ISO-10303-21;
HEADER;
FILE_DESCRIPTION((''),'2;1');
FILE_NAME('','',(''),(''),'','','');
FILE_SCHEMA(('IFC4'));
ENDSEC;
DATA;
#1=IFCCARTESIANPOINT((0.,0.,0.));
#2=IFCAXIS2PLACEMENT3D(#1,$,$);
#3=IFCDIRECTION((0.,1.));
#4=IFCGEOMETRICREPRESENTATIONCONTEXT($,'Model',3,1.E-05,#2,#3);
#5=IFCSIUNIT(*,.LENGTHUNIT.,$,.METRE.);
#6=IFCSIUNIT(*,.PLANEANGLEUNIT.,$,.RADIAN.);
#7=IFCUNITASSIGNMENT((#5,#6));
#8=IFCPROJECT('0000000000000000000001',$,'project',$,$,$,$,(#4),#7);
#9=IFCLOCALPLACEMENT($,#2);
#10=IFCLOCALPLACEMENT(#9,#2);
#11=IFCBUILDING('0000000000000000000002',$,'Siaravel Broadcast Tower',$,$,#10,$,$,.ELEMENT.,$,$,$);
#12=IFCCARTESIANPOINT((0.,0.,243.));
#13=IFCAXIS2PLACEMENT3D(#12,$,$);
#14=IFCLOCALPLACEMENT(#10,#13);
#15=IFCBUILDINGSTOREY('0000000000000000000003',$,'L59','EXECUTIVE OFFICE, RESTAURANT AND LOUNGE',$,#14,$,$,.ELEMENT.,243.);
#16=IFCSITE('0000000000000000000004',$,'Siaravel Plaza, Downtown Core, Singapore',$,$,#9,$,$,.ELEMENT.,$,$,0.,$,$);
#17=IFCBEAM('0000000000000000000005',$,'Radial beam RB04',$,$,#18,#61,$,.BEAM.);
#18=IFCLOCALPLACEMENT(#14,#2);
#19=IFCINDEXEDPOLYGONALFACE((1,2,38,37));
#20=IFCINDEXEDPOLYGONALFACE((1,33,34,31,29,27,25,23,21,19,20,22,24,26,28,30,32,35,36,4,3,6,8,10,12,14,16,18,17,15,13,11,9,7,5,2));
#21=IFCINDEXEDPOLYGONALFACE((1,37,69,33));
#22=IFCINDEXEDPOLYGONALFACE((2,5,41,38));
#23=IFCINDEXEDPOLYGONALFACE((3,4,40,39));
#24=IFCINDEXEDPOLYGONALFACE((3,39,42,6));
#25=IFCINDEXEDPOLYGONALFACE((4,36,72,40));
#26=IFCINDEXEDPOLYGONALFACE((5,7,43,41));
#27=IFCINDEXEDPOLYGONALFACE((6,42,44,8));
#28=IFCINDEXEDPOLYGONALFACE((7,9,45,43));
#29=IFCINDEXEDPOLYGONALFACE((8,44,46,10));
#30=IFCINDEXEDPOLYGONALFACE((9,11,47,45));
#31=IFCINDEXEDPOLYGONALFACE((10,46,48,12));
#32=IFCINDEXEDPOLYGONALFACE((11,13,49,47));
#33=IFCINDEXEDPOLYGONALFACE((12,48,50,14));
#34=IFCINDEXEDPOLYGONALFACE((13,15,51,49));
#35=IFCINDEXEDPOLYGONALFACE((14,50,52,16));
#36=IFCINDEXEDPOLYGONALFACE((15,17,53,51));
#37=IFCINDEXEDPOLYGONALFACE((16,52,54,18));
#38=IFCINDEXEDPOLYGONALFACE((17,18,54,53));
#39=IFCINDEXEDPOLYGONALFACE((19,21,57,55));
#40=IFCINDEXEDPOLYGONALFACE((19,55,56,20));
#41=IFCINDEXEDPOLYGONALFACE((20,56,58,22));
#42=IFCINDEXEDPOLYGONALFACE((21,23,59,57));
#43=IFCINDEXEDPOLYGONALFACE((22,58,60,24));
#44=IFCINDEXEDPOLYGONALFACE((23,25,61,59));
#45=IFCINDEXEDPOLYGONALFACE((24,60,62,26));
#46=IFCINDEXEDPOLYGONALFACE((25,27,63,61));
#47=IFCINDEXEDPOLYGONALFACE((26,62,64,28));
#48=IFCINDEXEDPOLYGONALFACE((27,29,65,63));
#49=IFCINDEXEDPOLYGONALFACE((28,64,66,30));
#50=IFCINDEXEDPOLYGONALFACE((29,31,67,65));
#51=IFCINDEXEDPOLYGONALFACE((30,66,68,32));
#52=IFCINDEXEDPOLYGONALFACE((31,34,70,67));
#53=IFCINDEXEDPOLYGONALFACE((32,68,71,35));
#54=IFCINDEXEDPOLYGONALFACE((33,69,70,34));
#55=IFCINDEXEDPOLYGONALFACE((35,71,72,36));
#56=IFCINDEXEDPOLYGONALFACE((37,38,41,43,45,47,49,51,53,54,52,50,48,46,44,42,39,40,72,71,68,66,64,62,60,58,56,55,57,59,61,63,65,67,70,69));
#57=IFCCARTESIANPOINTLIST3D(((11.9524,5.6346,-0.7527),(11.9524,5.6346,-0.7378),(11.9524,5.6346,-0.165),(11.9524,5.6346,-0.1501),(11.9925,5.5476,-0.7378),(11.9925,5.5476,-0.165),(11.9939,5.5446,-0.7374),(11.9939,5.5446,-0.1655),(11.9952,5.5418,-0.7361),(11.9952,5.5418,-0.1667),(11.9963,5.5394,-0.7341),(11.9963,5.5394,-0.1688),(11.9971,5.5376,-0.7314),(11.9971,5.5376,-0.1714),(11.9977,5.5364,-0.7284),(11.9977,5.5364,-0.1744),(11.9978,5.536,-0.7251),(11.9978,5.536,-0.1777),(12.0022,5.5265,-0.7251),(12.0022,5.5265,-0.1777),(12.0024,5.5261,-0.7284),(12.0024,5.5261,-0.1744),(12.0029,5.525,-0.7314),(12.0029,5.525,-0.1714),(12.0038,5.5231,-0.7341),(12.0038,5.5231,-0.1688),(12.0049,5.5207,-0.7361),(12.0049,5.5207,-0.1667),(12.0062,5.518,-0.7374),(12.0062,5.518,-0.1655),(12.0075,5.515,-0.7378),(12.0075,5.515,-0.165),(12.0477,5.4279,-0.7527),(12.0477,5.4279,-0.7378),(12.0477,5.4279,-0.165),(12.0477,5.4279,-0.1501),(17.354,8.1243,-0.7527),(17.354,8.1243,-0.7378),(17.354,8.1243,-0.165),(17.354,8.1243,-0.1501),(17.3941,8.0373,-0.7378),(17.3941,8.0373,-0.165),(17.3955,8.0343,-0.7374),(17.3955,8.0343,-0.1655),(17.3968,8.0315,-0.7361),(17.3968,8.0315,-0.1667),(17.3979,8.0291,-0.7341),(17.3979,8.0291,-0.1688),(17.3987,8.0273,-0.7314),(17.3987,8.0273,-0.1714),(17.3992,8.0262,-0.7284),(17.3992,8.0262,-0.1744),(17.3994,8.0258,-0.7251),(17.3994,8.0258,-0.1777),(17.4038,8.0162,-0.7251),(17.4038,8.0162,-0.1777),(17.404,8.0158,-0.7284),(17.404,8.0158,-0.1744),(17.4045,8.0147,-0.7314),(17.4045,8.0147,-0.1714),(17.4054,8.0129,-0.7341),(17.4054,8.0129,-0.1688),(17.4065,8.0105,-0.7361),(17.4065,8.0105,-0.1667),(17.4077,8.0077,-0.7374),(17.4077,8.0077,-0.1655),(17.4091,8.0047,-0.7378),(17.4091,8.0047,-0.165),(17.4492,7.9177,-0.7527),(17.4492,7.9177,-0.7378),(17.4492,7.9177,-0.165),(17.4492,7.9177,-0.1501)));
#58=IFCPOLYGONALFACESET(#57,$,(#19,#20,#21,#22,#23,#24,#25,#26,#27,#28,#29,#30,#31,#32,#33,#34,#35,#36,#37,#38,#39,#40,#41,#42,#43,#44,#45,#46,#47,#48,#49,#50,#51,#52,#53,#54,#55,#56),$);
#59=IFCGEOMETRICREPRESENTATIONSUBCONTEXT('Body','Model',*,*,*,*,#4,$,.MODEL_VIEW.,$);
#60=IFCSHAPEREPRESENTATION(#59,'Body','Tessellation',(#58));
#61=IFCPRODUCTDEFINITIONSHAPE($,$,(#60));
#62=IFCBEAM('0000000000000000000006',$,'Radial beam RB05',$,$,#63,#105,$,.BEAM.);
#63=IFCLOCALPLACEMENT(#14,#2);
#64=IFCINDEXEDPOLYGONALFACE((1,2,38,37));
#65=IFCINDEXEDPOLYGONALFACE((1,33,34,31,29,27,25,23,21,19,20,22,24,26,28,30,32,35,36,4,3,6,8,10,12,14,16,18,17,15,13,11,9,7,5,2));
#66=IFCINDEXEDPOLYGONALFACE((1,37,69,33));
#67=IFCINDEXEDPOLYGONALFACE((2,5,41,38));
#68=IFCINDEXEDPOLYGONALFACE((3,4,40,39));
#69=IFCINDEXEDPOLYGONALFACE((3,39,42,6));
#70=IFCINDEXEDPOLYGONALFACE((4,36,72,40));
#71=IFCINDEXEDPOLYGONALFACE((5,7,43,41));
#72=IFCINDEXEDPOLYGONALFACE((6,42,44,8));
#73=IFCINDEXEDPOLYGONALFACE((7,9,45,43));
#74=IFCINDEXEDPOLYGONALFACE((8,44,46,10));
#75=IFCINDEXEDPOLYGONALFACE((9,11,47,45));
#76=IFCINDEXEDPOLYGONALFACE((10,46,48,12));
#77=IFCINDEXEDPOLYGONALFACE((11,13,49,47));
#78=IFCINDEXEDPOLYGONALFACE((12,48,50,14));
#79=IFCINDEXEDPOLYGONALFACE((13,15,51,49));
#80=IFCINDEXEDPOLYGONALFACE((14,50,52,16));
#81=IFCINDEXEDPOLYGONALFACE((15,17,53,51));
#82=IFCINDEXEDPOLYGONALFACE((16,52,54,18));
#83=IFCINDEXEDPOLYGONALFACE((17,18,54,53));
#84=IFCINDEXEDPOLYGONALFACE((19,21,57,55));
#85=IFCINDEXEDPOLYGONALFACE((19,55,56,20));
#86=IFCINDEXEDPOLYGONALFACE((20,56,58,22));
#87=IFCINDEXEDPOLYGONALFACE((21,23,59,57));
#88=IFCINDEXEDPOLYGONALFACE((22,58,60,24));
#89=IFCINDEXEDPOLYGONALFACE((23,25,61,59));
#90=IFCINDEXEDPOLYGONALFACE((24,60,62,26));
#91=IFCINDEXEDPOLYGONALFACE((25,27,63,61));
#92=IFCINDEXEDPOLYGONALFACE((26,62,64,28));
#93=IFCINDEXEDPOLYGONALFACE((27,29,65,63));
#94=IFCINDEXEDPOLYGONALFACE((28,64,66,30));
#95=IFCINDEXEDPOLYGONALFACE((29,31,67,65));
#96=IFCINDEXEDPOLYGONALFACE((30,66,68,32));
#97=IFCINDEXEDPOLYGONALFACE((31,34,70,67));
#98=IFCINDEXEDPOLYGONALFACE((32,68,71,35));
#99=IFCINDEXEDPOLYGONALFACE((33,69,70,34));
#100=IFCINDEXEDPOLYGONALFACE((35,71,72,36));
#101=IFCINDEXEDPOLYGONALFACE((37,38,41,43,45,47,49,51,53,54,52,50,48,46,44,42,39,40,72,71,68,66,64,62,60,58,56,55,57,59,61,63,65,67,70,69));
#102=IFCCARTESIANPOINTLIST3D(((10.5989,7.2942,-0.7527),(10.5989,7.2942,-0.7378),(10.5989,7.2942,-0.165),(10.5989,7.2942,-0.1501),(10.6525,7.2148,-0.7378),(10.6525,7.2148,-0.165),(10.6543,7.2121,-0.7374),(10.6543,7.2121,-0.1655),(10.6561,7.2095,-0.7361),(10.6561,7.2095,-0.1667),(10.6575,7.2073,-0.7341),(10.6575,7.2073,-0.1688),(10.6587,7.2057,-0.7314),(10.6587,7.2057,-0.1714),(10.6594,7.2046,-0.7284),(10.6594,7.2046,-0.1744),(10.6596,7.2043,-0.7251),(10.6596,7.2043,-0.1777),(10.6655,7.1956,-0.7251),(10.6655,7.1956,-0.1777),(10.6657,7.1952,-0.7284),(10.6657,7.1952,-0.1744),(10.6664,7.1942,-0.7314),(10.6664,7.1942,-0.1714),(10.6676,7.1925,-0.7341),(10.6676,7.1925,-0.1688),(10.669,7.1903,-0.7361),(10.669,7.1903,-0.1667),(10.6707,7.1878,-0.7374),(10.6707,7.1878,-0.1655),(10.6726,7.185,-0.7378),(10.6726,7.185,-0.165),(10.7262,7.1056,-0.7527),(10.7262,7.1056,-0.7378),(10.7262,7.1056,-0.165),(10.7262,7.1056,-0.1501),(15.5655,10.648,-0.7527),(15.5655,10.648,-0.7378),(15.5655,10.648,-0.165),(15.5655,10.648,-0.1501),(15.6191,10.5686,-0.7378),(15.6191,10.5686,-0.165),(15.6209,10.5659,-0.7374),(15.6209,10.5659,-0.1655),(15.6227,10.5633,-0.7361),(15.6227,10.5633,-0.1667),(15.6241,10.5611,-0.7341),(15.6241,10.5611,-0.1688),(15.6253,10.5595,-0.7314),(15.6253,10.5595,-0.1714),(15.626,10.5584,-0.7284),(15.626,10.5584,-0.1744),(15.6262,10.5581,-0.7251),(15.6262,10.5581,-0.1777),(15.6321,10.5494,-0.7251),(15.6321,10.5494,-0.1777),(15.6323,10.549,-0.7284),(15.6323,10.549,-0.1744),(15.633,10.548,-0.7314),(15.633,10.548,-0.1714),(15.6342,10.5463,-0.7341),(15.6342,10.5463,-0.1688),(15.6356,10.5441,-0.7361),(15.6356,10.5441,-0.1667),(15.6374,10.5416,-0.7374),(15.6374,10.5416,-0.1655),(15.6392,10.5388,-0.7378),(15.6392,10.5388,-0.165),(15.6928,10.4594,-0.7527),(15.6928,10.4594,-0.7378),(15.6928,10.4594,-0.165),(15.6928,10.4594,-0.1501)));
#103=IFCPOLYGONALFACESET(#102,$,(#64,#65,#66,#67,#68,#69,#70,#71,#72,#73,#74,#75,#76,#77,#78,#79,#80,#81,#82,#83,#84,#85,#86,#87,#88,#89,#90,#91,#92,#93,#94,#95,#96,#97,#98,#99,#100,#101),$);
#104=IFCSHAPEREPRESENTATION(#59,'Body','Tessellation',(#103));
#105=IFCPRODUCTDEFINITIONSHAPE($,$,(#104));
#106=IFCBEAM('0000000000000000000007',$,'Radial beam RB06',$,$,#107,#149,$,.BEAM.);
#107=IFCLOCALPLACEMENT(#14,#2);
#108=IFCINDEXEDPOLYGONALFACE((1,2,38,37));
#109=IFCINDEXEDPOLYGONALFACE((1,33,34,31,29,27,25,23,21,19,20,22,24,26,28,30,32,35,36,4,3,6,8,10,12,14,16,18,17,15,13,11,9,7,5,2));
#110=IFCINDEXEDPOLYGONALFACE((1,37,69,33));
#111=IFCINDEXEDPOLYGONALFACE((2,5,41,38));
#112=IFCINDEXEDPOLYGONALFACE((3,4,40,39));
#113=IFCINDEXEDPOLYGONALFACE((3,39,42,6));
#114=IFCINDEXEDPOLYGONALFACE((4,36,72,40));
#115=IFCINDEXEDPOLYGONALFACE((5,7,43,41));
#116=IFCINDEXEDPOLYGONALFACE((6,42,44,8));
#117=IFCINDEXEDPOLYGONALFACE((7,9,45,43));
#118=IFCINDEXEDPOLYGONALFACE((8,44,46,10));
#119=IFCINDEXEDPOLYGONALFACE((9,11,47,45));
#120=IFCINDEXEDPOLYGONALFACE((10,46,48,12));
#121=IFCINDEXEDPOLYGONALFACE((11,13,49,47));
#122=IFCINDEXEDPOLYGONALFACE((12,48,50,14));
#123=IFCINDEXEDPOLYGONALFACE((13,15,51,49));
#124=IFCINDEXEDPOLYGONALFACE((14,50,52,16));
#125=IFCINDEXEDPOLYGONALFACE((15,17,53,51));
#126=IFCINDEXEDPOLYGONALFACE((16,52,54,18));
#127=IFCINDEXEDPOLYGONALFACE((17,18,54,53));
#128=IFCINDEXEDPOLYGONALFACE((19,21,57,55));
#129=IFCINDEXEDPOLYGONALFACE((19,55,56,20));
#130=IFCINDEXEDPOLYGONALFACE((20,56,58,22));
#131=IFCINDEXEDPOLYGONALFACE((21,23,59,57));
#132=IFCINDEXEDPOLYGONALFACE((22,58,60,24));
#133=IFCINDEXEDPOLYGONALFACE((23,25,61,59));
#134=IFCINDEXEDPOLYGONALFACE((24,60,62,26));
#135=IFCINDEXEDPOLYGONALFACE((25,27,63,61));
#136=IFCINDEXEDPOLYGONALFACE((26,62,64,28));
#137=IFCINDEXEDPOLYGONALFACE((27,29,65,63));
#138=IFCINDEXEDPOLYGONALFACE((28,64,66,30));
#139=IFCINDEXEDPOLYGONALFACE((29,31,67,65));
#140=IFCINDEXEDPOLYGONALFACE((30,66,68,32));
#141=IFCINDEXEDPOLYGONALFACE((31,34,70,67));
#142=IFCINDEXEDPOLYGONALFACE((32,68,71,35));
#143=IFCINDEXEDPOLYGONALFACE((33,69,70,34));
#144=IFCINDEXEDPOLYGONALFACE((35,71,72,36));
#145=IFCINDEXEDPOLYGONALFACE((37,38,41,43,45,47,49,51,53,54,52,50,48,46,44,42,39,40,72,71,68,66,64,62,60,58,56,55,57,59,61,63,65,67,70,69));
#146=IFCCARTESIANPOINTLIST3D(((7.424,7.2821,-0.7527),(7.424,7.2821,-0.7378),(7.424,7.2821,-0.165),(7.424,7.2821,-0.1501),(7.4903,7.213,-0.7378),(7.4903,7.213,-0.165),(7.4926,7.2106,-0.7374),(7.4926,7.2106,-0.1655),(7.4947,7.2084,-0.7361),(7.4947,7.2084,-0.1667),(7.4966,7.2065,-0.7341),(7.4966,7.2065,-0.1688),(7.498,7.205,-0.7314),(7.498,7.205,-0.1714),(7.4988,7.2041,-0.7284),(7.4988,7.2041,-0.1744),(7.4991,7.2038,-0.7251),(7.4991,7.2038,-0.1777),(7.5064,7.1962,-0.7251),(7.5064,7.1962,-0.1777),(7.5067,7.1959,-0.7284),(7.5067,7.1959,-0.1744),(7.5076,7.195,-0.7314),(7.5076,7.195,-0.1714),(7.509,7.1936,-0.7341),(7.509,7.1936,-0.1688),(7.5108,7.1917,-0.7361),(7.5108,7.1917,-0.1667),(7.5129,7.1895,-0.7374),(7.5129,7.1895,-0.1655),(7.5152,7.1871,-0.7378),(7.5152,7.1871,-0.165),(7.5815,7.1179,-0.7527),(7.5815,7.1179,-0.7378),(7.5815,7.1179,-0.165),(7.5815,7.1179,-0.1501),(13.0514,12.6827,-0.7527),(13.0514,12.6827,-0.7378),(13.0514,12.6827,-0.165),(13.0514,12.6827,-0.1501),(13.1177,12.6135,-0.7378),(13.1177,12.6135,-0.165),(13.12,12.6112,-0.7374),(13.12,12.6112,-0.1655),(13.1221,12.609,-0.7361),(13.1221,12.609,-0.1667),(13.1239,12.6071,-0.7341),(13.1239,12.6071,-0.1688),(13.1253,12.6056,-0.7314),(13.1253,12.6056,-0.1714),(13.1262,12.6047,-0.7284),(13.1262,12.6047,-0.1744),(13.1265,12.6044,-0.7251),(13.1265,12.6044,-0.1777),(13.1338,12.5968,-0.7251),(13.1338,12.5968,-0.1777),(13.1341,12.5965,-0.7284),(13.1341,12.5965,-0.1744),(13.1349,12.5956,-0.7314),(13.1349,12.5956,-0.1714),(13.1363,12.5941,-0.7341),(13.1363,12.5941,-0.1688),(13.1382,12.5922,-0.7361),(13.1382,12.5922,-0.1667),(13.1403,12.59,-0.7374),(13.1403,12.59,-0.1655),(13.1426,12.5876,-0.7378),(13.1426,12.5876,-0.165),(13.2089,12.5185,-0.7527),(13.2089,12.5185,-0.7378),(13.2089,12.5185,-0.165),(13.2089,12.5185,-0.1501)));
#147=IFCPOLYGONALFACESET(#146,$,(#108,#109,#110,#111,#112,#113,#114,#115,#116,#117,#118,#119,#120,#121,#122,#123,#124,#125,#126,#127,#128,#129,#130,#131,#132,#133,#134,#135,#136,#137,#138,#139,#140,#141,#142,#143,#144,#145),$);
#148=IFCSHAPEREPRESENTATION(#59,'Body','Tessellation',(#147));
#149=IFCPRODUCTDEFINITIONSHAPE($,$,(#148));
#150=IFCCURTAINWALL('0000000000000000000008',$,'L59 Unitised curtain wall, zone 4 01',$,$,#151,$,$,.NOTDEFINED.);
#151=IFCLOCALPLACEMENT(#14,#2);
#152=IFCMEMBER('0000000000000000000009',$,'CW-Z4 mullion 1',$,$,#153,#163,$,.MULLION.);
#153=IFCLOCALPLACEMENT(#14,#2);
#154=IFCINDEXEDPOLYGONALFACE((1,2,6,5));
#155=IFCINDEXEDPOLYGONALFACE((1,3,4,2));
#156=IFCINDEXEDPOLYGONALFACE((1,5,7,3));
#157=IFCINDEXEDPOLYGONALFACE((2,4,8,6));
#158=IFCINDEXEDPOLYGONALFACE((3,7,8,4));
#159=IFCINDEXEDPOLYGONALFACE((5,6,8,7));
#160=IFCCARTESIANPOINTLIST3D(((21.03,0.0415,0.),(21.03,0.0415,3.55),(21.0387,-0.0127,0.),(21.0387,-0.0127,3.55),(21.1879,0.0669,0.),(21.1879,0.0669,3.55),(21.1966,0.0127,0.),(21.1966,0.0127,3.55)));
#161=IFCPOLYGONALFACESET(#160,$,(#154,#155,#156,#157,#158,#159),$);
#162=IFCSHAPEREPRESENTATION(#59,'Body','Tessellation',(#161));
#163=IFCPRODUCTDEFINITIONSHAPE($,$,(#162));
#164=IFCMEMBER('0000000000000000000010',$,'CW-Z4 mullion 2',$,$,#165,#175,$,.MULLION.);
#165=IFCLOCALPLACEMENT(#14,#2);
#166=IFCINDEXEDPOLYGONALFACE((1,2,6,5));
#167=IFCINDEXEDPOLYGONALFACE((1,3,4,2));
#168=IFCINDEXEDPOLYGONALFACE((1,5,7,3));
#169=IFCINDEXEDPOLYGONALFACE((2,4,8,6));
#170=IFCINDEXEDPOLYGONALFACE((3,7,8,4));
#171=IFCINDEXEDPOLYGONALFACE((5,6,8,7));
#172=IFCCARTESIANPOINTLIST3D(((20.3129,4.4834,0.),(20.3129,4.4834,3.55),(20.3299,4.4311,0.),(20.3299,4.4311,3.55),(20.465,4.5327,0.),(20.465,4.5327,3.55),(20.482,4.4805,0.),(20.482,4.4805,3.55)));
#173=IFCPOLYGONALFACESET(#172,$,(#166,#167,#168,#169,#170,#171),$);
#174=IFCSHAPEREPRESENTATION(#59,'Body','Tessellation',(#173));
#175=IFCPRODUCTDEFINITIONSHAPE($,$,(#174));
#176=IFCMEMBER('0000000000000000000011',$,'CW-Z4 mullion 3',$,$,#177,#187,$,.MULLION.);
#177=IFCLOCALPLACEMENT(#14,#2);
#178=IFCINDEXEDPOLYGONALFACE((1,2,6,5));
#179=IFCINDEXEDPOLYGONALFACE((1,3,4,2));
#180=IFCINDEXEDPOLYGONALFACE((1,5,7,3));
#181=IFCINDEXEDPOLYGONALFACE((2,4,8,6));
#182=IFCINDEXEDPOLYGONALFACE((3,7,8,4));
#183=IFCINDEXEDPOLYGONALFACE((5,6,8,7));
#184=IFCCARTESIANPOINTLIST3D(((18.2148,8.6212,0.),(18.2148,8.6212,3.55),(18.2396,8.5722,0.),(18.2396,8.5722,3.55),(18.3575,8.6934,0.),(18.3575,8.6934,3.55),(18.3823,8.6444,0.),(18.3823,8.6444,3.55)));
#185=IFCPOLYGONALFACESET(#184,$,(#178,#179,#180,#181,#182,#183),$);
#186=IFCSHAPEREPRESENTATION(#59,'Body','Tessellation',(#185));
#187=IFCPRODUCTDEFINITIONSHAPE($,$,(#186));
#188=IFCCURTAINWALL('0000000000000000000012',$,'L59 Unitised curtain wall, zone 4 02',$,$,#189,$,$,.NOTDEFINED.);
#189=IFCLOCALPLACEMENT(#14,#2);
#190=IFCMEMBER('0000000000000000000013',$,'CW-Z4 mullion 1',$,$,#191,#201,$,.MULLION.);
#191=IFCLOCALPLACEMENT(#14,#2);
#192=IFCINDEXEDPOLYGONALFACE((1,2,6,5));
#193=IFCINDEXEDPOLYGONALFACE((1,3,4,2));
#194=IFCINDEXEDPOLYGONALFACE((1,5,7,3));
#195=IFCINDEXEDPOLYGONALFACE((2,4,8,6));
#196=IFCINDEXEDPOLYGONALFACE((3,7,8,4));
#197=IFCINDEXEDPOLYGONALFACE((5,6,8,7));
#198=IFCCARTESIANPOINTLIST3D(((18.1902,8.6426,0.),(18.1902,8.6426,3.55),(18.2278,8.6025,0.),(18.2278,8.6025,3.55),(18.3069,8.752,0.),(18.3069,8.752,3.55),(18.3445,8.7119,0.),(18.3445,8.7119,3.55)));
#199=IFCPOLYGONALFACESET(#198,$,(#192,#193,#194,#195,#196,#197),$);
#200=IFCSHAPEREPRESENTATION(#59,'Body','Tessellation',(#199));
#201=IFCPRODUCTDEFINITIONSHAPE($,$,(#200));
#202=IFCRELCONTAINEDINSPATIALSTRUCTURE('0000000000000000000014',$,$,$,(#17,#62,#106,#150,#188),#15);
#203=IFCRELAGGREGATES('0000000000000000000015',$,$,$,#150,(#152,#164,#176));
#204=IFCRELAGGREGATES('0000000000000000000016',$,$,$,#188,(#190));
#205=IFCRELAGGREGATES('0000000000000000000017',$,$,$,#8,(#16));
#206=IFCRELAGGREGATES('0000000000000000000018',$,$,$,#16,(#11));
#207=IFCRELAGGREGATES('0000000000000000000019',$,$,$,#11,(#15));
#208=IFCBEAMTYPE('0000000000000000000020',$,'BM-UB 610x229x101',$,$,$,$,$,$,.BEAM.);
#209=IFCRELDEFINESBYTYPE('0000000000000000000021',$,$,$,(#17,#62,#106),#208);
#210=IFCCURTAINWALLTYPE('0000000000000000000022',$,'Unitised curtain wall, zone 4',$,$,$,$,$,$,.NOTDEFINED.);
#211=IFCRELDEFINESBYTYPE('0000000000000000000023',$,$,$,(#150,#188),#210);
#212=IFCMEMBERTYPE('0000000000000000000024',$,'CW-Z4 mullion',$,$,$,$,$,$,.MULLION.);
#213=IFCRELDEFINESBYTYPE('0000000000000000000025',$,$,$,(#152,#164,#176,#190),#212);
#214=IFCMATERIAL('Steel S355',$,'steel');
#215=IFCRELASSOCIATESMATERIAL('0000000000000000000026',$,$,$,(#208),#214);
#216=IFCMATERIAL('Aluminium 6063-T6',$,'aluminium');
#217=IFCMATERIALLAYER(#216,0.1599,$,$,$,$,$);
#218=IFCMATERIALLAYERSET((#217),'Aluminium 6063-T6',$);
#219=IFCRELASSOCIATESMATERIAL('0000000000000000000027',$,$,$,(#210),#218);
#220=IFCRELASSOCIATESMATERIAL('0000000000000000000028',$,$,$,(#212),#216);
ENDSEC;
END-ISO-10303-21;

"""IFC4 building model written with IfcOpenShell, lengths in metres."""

from ifc_helpers import new_model, si_unit, direction, frame, origin, origin_2d, place, context, subcontext, project, spatial, rectangle, i_section, extrude, material, layer, layer_set, material_profile, profile_set, type_object, element, aggregate, save


model = new_model("IFC4")

# Units and contexts
model_context = context("Model", 3, precision=1e-05, world=origin(), true_north=direction((0.0, 1.0)))
body_context = subcontext(model_context, "Body", "Model", "MODEL_VIEW")
ifc_project = project(units=[si_unit("LENGTHUNIT", "METRE"), si_unit("PLANEANGLEUNIT", "RADIAN")], contexts=[model_context])

# Site, building, storey
site_placement = place(None, origin())
site = spatial("IfcSite", under=ifc_project, at=site_placement, Name="Siaravel Plaza, Downtown Core, Singapore", CompositionType="ELEMENT", RefElevation=0.0)
building_placement = place(site_placement, origin())
building = spatial("IfcBuilding", under=site, at=building_placement, Name="Siaravel Broadcast Tower", CompositionType="ELEMENT")
storey_placement = place(building_placement, frame((0.0, 0.0, 243.0)))
storey = spatial("IfcBuildingStorey", under=building, at=storey_placement, Name="L59", Description="EXECUTIVE OFFICE, RESTAURANT AND LOUNGE", CompositionType="ELEMENT", Elevation=243.0)

# Beams
ifc_material_1 = material(Name="Steel S355", Category="steel")
ifc_material_profile_1 = material_profile(ifc_material_1, i_section(OverallWidth=0.2275, OverallDepth=0.6025, WebThickness=0.0105, FlangeThickness=0.0149, FilletRadius=0.0127, at=origin_2d()))
ifc_profile_set_1 = profile_set([ifc_material_profile_1], Name="Steel S355")
beam_type = type_object("IfcBeamType", Name="BM-UB 610x229x101", PredefinedType="BEAM", material=ifc_profile_set_1)
beam_1_placement = place(storey_placement, frame((17.4016, 8.021, -0.4514), z_axis=(-0.908171, -0.4186, 0.0), x_axis=(0.4186, -0.908171, 0.0)))
element("IfcBeam", 1, at=beam_1_placement, inside=storey, type_object=beam_type, Name="Radial beam RB04", PredefinedType="BEAM", context=body_context, shape_type="SweptSolid", body=[
    extrude(i_section(OverallWidth=0.2275, OverallDepth=0.6025, WebThickness=0.0105, FlangeThickness=0.0149, FilletRadius=0.0127, at=origin_2d()), origin(), (0.0, 0.0, 1.0), 5.9478),
])
beam_2_placement = place(storey_placement, frame((15.6292, 10.5537, -0.4514), z_axis=(-0.828745, -0.559626, 0.0), x_axis=(0.559626, -0.828745, 0.0)))
element("IfcBeam", 2, at=beam_2_placement, inside=storey, type_object=beam_type, Name="Radial beam RB05", PredefinedType="BEAM", context=body_context, shape_type="SweptSolid", body=[
    extrude(i_section(OverallWidth=0.2275, OverallDepth=0.6025, WebThickness=0.0105, FlangeThickness=0.0149, FilletRadius=0.0127, at=origin_2d()), origin(), (0.0, 0.0, 1.0), 5.9929),
])
beam_3_placement = place(storey_placement, frame((13.1301, 12.6006, -0.4514), z_axis=(-0.721497, -0.692418, 0.0), x_axis=(0.692418, -0.721497, 0.0)))
element("IfcBeam", 3, at=beam_3_placement, inside=storey, type_object=beam_type, Name="Radial beam RB06", PredefinedType="BEAM", context=body_context, shape_type="SweptSolid", body=[
    extrude(i_section(OverallWidth=0.2275, OverallDepth=0.6025, WebThickness=0.0105, FlangeThickness=0.0149, FilletRadius=0.0127, at=origin_2d()), origin(), (0.0, 0.0, 1.0), 7.7996),
])

# Curtain walls, members
ifc_material_2 = material(Name="Aluminium 6063-T6", Category="aluminium")
ifc_layer_1 = layer(ifc_material_2, 0.1599)
ifc_layer_set_1 = layer_set([ifc_layer_1], Name="Aluminium 6063-T6")
curtain_wall_type = type_object("IfcCurtainWallType", Name="Unitised curtain wall, zone 4", PredefinedType="NOTDEFINED", material=ifc_layer_set_1)
curtain_wall_1_placement = place(storey_placement, origin())
curtain_wall_1 = element("IfcCurtainWall", 4, at=curtain_wall_1_placement, inside=storey, type_object=curtain_wall_type, Name="L59 Unitised curtain wall, zone 4 01", PredefinedType="NOTDEFINED")
ifc_material_profile_2 = material_profile(ifc_material_2, rectangle(XDim=0.1599, YDim=0.0549, at=origin_2d()))
ifc_profile_set_2 = profile_set([ifc_material_profile_2], Name="Aluminium 6063-T6")
member_type_1 = type_object("IfcMemberType", Name="CW-Z4 mullion", PredefinedType="MULLION", material=ifc_profile_set_2)
member_1_placement = place(storey_placement, frame((21.1133, 0.0271, 0.0), z_axis=(0.0, 0.0, 1.0), x_axis=(-0.987329, -0.158685, 0.0)))
member_1 = element("IfcMember", 5, at=member_1_placement, type_object=member_type_1, Name="CW-Z4 mullion 1", PredefinedType="MULLION", context=body_context, shape_type="SweptSolid", body=[
    extrude(rectangle(XDim=0.1599, YDim=0.0549, at=origin_2d()), origin(), (0.0, 0.0, 1.0), 3.55),
])
member_2_placement = place(storey_placement, frame((20.3975, 4.4819, 0.0), z_axis=(0.0, 0.0, 1.0), x_axis=(-0.951178, -0.308644, 0.0)))
member_2 = element("IfcMember", 6, at=member_2_placement, type_object=member_type_1, Name="CW-Z4 mullion 2", PredefinedType="MULLION", context=body_context, shape_type="SweptSolid", body=[
    extrude(rectangle(XDim=0.1599, YDim=0.0549, at=origin_2d()), origin(), (0.0, 0.0, 1.0), 3.55),
])
member_3_placement = place(storey_placement, frame((18.2986, 8.6328, 0.0), z_axis=(0.0, 0.0, 1.0), x_axis=(-0.892393, -0.451259, 0.0)))
member_3 = element("IfcMember", 7, at=member_3_placement, type_object=member_type_1, Name="CW-Z4 mullion 3", PredefinedType="MULLION", context=body_context, shape_type="SweptSolid", body=[
    extrude(rectangle(XDim=0.1599, YDim=0.0549, at=origin_2d()), origin(), (0.0, 0.0, 1.0), 3.55),
])
curtain_wall_2_placement = place(storey_placement, origin())
curtain_wall_2 = element("IfcCurtainWall", 8, at=curtain_wall_2_placement, inside=storey, type_object=curtain_wall_type, Name="L59 Unitised curtain wall, zone 4 02", PredefinedType="NOTDEFINED")
member_4_placement = place(storey_placement, frame((18.2673, 8.6772, 0.0), z_axis=(0.0, 0.0, 1.0), x_axis=(-0.729807, -0.683654, 0.0)))
member_4 = element("IfcMember", 9, at=member_4_placement, type_object=member_type_1, Name="CW-Z4 mullion 1", PredefinedType="MULLION", context=body_context, shape_type="SweptSolid", body=[
    extrude(rectangle(XDim=0.1599, YDim=0.0549, at=origin_2d()), origin(), (0.0, 0.0, 1.0), 3.55),
])

aggregate(curtain_wall_1, [member_1, member_2, member_3])
aggregate(curtain_wall_2, [member_4])

save(model, "model.ifc")
